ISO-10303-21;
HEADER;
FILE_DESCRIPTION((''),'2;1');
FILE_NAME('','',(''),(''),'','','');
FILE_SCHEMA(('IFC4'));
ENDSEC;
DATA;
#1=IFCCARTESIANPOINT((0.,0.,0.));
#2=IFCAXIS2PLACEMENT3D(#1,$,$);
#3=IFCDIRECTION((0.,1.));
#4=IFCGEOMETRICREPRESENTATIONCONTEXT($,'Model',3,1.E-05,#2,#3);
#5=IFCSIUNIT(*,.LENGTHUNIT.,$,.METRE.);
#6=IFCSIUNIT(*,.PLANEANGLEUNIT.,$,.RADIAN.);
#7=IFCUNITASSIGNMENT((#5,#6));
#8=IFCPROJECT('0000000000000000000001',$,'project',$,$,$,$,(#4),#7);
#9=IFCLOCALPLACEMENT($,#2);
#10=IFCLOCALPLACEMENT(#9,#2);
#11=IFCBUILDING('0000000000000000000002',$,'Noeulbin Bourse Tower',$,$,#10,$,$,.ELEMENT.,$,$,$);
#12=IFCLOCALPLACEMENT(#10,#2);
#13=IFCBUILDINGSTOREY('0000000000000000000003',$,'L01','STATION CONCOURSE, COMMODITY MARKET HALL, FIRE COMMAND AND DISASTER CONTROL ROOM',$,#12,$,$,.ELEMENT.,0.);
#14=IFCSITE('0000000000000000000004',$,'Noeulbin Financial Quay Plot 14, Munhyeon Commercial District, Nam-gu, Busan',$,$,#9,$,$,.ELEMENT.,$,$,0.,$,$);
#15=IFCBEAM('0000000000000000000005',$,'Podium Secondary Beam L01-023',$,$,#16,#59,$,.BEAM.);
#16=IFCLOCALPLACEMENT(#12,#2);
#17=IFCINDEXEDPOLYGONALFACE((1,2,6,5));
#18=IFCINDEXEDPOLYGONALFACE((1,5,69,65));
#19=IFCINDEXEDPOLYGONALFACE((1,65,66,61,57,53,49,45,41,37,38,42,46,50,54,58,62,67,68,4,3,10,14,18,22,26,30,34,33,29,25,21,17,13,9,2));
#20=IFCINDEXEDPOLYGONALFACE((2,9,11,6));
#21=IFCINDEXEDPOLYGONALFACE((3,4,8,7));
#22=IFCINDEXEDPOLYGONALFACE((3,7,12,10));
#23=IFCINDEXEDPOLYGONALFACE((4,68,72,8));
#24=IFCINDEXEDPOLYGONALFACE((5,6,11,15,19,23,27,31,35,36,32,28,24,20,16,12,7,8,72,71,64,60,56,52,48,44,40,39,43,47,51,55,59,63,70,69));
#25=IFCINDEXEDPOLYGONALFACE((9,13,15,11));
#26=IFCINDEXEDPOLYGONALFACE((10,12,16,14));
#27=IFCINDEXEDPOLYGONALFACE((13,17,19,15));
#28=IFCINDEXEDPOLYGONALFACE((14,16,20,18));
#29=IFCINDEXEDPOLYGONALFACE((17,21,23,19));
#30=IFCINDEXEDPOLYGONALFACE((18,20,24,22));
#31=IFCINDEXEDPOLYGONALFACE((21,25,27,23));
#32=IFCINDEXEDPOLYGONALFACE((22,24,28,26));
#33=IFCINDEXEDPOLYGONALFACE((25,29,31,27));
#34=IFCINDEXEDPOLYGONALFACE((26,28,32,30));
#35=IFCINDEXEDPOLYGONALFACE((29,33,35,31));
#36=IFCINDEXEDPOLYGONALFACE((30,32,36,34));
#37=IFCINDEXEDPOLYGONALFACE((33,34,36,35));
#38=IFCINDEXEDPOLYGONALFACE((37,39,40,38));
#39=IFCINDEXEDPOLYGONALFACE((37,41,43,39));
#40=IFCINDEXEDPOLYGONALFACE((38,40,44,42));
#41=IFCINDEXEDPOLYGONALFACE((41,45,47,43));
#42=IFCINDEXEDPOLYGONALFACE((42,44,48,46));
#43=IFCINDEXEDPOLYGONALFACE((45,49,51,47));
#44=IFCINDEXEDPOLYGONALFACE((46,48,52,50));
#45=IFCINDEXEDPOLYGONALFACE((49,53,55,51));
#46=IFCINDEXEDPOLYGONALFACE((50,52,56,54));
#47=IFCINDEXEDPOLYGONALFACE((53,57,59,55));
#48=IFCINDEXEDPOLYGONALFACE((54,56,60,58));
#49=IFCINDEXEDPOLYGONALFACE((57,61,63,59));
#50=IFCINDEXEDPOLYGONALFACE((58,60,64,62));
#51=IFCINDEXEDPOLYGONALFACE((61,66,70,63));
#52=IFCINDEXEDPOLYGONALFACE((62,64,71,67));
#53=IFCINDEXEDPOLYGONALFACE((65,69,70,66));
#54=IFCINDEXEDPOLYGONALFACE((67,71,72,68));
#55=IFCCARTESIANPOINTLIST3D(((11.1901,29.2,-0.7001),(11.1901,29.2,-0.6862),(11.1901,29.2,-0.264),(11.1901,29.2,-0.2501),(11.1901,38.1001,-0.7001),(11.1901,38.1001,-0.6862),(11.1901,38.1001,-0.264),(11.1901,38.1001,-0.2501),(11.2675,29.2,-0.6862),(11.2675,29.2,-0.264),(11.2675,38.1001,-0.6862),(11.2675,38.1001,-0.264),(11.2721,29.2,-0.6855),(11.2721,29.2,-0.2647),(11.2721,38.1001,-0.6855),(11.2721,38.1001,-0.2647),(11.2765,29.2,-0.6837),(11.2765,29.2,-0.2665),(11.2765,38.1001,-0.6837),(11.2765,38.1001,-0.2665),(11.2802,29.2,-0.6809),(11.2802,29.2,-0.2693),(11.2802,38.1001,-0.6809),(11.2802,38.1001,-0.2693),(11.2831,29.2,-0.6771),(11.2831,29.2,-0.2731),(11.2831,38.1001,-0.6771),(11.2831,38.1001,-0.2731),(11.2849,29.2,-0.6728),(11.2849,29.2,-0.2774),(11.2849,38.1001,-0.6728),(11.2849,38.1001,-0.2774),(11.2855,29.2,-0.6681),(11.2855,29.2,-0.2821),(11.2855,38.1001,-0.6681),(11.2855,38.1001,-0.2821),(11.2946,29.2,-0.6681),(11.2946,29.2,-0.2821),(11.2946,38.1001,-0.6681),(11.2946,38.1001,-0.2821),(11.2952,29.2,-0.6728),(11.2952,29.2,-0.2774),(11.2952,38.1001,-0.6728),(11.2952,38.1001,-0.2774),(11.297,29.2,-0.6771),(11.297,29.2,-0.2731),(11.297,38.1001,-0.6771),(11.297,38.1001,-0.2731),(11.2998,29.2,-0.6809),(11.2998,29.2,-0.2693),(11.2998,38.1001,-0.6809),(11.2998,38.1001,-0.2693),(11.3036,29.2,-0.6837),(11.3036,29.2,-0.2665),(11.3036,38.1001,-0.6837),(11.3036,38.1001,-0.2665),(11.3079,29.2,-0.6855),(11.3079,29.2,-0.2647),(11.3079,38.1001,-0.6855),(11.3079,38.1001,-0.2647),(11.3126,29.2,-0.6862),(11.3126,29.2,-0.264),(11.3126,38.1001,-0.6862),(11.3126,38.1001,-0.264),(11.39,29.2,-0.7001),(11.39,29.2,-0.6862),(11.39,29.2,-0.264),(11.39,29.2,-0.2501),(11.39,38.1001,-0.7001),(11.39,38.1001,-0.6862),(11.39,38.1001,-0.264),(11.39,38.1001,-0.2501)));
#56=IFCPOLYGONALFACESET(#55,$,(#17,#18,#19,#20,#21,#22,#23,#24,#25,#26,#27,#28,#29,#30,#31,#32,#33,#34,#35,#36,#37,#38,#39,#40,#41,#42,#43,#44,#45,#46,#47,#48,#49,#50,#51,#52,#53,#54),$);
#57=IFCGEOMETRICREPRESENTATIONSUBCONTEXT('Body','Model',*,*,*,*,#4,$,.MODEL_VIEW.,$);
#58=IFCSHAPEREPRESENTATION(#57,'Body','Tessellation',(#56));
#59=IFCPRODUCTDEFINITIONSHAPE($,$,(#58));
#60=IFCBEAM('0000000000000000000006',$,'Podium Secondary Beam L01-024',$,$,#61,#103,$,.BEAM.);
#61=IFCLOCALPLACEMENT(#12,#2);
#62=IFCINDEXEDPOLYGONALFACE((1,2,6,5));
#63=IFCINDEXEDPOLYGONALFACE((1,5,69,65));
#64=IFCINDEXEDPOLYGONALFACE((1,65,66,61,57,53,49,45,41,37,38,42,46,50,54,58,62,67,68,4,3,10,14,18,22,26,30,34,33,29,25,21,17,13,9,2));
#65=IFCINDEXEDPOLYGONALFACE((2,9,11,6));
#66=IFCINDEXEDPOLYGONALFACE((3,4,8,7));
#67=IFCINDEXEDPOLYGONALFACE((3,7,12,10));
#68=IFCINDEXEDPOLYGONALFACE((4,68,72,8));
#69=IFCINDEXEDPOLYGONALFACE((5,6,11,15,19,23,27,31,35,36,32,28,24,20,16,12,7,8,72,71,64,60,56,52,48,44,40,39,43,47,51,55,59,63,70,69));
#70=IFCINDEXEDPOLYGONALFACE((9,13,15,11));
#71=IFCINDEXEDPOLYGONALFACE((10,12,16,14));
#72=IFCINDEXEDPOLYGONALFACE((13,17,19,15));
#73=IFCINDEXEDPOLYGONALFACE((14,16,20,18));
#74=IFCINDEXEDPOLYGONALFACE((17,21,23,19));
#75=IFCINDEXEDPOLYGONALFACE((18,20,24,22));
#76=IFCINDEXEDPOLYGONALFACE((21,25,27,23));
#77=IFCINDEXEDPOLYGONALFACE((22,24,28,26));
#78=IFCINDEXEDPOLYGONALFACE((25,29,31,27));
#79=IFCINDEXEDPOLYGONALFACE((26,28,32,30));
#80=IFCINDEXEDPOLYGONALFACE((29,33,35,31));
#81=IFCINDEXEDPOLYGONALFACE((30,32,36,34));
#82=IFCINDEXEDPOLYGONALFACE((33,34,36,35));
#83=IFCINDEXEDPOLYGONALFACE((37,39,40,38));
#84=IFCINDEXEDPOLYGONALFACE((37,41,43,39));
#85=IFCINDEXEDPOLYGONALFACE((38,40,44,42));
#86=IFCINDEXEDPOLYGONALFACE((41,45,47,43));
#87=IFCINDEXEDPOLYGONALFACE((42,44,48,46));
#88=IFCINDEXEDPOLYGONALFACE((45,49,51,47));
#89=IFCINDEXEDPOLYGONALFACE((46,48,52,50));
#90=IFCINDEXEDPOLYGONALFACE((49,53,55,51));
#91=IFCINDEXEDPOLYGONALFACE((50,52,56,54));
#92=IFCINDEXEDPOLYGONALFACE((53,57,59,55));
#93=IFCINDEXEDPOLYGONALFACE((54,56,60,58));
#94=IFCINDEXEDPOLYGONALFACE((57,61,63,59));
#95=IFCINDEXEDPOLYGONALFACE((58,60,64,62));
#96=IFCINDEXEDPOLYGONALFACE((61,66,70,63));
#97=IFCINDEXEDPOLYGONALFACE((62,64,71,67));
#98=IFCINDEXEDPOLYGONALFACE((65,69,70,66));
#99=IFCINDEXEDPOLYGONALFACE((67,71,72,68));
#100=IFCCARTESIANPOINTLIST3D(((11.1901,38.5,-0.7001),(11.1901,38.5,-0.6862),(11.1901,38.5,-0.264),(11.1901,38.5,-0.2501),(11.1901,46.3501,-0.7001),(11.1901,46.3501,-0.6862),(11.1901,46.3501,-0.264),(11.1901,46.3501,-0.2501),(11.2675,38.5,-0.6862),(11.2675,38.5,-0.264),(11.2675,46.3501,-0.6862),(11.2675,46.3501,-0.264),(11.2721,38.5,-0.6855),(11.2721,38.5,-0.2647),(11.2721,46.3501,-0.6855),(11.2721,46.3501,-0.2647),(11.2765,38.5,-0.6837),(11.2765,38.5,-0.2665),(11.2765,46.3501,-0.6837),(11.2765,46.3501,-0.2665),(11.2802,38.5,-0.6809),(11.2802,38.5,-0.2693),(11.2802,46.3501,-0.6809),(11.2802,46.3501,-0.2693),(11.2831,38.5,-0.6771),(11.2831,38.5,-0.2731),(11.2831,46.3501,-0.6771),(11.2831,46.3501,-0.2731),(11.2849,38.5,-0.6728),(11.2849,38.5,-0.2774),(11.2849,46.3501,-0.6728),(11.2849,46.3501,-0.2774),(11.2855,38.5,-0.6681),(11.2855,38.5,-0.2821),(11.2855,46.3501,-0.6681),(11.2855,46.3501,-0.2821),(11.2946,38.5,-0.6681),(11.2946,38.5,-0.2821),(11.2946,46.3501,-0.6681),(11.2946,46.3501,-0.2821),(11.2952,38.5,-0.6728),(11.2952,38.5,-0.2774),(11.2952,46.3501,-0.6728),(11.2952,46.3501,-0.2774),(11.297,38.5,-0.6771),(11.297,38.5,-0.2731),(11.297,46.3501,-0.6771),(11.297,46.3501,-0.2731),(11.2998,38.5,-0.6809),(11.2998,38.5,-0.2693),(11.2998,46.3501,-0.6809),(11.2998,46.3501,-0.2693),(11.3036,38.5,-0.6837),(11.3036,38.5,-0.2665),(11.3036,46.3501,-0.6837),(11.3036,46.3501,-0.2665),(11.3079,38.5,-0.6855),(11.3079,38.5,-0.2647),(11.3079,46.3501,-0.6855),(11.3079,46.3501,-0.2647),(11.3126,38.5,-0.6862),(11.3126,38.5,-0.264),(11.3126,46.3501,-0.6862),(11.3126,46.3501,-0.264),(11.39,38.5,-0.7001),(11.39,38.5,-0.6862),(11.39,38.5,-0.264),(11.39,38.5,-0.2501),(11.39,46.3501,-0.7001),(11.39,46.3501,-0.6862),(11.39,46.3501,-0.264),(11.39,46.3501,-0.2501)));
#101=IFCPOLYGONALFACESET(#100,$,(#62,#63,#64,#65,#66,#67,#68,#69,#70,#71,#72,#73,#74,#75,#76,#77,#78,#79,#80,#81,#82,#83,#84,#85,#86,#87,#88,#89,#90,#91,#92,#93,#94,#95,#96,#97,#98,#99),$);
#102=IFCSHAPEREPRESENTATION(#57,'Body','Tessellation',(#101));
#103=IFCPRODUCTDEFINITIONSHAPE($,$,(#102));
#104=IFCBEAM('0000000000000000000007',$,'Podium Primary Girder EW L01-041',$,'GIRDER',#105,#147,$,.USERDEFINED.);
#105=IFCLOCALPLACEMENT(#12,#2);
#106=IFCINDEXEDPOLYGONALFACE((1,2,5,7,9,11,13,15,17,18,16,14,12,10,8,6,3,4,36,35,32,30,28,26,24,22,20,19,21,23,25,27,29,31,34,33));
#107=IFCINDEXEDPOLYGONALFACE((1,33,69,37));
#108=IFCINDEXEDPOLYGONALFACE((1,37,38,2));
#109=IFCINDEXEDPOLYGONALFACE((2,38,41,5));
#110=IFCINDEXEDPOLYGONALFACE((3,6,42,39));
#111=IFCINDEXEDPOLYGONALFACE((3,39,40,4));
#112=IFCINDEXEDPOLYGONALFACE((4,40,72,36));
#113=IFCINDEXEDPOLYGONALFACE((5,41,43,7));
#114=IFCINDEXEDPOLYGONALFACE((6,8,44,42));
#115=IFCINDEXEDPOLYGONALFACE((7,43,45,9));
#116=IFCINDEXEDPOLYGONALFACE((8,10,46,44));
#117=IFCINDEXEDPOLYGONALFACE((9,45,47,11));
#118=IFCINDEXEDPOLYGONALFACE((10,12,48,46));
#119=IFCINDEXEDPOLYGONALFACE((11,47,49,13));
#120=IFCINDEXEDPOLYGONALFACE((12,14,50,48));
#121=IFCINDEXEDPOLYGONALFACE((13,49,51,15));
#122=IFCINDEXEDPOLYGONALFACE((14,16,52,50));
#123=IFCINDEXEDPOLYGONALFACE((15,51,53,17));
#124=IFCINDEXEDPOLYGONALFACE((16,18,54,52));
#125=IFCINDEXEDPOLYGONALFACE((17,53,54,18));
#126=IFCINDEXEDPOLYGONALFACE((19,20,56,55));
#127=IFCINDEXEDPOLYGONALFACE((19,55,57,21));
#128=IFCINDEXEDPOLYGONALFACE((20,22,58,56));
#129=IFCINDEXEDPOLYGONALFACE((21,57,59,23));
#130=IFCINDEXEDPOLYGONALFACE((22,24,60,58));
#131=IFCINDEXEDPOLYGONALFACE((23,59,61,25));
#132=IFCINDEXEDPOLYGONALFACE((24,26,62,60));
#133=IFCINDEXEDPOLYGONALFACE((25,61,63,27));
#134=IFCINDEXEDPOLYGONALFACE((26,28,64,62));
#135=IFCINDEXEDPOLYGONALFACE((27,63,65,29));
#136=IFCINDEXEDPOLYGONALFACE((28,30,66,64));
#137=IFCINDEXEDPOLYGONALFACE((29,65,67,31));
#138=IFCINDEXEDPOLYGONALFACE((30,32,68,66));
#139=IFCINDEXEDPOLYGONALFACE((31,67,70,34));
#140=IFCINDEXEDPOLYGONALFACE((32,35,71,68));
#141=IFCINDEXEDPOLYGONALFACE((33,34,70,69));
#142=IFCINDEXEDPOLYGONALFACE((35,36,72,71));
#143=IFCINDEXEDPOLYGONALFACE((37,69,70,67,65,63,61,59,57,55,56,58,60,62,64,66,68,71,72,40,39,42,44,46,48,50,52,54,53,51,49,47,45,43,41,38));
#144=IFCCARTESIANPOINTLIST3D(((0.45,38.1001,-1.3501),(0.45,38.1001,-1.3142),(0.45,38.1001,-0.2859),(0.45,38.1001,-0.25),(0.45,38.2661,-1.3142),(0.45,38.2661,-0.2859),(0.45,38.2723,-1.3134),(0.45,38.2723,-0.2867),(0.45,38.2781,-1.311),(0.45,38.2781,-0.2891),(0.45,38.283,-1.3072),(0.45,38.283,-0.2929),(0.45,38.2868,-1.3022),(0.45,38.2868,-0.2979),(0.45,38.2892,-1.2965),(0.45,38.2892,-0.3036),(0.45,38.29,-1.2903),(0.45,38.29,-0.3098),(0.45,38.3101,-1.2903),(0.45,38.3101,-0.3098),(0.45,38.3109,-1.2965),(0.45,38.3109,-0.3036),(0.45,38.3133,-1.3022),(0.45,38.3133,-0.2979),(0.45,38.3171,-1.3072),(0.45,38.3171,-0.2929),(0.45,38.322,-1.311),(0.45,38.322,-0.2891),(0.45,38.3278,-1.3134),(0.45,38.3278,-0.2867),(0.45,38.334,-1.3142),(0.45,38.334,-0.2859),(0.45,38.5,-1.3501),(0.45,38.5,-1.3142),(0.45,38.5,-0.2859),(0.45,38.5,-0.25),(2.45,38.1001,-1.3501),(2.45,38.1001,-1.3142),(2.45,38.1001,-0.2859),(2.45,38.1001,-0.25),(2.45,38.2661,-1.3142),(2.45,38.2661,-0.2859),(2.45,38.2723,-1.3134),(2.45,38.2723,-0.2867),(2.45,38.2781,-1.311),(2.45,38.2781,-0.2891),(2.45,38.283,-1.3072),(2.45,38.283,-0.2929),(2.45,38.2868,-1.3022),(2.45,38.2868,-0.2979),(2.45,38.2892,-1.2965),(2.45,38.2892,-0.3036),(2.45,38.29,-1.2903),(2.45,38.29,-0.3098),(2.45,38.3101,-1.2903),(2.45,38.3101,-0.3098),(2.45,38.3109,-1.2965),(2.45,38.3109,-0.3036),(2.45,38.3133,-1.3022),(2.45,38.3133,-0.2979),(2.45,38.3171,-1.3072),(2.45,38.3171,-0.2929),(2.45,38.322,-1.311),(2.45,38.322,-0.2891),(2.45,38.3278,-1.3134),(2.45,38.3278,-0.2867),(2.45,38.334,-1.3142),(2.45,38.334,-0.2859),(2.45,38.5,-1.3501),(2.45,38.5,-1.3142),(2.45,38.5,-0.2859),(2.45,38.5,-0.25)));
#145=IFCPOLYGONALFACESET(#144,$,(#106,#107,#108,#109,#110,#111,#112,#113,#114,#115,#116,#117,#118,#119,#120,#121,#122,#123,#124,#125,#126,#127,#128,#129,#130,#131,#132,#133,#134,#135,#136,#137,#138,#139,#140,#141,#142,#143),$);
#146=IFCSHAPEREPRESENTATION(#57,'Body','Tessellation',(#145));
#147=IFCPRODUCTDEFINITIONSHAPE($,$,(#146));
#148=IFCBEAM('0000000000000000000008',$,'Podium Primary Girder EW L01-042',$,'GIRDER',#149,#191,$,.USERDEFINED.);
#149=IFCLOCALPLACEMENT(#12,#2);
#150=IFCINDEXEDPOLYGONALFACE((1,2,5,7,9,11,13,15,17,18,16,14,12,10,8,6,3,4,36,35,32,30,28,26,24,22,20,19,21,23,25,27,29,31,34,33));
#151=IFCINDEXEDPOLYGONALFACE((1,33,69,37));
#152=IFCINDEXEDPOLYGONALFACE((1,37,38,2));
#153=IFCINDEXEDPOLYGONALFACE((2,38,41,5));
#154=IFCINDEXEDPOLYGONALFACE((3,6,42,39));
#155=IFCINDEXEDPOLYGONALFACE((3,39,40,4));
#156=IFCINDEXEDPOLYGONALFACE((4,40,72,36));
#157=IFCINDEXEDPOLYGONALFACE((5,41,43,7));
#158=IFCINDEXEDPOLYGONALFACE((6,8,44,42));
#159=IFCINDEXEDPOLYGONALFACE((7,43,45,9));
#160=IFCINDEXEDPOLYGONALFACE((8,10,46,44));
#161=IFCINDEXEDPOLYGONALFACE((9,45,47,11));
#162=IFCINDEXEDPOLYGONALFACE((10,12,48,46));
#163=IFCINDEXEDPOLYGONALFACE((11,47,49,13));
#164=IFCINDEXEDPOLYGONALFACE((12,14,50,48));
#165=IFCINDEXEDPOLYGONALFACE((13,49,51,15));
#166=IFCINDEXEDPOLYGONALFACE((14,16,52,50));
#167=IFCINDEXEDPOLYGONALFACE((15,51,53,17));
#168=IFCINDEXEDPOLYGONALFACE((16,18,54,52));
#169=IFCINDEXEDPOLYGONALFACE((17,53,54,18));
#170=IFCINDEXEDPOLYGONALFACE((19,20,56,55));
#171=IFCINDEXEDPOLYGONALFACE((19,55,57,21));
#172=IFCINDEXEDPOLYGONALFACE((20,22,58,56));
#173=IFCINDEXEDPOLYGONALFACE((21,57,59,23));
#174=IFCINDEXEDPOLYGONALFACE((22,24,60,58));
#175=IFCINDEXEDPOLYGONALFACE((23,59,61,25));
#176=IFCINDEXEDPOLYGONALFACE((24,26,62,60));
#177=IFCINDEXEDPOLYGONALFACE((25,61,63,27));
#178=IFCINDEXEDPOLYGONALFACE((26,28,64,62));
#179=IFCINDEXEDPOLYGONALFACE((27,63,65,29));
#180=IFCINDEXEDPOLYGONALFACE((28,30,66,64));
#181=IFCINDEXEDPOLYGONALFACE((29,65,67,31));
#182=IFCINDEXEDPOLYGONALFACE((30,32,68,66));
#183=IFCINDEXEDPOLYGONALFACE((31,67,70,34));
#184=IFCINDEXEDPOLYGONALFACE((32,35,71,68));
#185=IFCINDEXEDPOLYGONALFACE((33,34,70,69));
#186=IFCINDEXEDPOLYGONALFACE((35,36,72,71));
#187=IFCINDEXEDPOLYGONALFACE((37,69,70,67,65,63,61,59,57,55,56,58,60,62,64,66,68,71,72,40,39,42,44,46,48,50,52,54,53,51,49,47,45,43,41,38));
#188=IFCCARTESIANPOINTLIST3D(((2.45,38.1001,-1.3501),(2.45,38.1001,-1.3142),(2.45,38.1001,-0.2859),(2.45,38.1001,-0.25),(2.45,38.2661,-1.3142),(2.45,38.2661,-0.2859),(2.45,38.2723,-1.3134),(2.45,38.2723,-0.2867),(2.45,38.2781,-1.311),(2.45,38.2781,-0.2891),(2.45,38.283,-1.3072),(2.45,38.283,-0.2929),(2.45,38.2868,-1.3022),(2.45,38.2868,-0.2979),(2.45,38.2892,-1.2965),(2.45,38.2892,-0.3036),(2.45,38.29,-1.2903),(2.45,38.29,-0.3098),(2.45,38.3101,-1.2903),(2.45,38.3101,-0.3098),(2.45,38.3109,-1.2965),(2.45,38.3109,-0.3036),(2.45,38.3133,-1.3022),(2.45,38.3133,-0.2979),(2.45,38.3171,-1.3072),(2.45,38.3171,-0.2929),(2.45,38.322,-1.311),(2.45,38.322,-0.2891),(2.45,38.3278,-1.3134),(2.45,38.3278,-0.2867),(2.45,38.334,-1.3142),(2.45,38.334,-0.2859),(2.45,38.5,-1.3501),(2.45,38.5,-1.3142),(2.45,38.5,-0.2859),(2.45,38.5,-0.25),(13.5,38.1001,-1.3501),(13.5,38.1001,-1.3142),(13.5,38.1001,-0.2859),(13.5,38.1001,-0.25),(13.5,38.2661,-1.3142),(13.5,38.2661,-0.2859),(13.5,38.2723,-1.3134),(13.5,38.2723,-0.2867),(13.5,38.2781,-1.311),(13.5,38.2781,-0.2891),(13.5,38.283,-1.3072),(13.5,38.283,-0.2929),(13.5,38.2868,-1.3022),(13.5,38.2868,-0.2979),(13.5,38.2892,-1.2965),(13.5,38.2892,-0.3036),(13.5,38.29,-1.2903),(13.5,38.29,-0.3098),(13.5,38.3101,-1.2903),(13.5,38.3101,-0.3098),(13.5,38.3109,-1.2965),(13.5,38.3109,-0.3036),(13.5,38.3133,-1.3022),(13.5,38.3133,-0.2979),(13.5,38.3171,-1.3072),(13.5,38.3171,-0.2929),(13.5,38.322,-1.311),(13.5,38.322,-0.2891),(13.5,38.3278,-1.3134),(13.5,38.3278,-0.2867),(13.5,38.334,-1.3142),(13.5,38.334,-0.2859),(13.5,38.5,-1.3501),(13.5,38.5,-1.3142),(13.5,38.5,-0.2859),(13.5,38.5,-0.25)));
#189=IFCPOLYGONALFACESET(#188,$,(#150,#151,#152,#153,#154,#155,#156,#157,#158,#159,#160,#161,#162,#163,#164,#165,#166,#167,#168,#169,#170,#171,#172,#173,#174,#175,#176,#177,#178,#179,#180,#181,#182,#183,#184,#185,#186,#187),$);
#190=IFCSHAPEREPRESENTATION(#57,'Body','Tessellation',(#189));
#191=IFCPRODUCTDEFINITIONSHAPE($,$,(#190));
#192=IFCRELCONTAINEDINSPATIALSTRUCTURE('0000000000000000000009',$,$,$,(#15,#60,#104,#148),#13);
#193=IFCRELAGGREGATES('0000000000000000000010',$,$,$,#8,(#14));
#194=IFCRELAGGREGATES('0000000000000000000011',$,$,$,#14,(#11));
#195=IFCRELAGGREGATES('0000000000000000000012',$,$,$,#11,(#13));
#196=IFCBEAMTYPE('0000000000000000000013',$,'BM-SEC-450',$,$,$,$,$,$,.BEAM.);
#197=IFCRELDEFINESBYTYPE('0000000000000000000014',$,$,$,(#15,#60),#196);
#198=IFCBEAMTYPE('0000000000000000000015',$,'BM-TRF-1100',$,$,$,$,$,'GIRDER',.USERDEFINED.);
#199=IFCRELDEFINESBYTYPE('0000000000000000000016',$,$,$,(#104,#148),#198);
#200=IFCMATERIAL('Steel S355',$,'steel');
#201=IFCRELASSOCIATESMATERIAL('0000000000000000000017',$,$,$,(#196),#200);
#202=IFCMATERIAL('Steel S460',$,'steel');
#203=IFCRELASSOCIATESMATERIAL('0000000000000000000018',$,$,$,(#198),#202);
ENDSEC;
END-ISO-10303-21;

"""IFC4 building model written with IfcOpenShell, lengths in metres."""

from ifc_helpers import new_model, si_unit, direction, frame, origin, origin_2d, place, context, subcontext, project, spatial, i_section, extrude, material, material_profile, profile_set, type_object, element, save


model = new_model("IFC4")

# Units and contexts
model_context = context("Model", 3, precision=1e-05, world=origin(), true_north=direction((0.0, 1.0)))
body_context = subcontext(model_context, "Body", "Model", "MODEL_VIEW")
ifc_project = project(units=[si_unit("LENGTHUNIT", "METRE"), si_unit("PLANEANGLEUNIT", "RADIAN")], contexts=[model_context])

# Site, building, storey
site_placement = place(None, origin())
site = spatial("IfcSite", under=ifc_project, at=site_placement, Name="Noeulbin Financial Quay Plot 14, Munhyeon Commercial District, Nam-gu, Busan", CompositionType="ELEMENT", RefElevation=0.0)
building_placement = place(site_placement, origin())
building = spatial("IfcBuilding", under=site, at=building_placement, Name="Noeulbin Bourse Tower", CompositionType="ELEMENT")
storey_placement = place(building_placement, origin())
storey = spatial("IfcBuildingStorey", under=building, at=storey_placement, Name="L01", Description="STATION CONCOURSE, COMMODITY MARKET HALL, FIRE COMMAND AND DISASTER CONTROL ROOM", CompositionType="ELEMENT", Elevation=0.0)

# Shared definitions
ifc_material_1 = material(Name="Steel S460", Category="steel")

# Beams
ifc_material_2 = material(Name="Steel S355", Category="steel")
ifc_material_profile_1 = material_profile(ifc_material_2, i_section(OverallWidth=0.2, OverallDepth=0.45, WebThickness=0.009, FlangeThickness=0.0139, FilletRadius=0.0181, at=origin_2d()), Name="H-450x200x9x14", Category="LoadBearing")
ifc_profile_set_1 = profile_set([ifc_material_profile_1], Name="Steel S355")
beam_type_1 = type_object("IfcBeamType", Name="BM-SEC-450", PredefinedType="BEAM", material=ifc_profile_set_1)
for number, where, z_axis, x_axis, name in (
    (1, (11.29, 29.2, -0.4751), (0.0, 1.0, 0.0), (-1.0, 0.0, 0.0), "Podium Secondary Beam L01-023"),
):
    element("IfcBeam", number, at=place(storey_placement, frame(where, z_axis=z_axis, x_axis=x_axis)), inside=storey, type_object=beam_type_1, Name=name, PredefinedType="BEAM", context=body_context, shape_type="SweptSolid", body=[
        extrude(i_section(OverallWidth=0.2, OverallDepth=0.45, WebThickness=0.009, FlangeThickness=0.0139, FilletRadius=0.0181, at=origin_2d()), origin(), (0.0, 0.0, 1.0), 8.9001),
    ])
beam_1_placement = place(storey_placement, frame((11.29, 38.5, -0.4751), z_axis=(0.0, 1.0, 0.0), x_axis=(-1.0, 0.0, 0.0)))
element("IfcBeam", 2, at=beam_1_placement, inside=storey, type_object=beam_type_1, Name="Podium Secondary Beam L01-024", PredefinedType="BEAM", context=body_context, shape_type="SweptSolid", body=[
    extrude(i_section(OverallWidth=0.2, OverallDepth=0.45, WebThickness=0.009, FlangeThickness=0.0139, FilletRadius=0.0181, at=origin_2d()), origin(), (0.0, 0.0, 1.0), 7.8501),
])
ifc_material_profile_2 = material_profile(ifc_material_1, i_section(OverallWidth=0.3999, OverallDepth=1.1001, WebThickness=0.02, FlangeThickness=0.0359, FilletRadius=0.0239, at=origin_2d()), Name="PG-1100x400x20x36", Category="LoadBearing")
ifc_profile_set_2 = profile_set([ifc_material_profile_2], Name="Steel S460")
beam_type_2 = type_object("IfcBeamType", Name="BM-TRF-1100", ElementType="GIRDER", PredefinedType="USERDEFINED", material=ifc_profile_set_2)
beam_2_placement = place(storey_placement, frame((0.45, 38.3, -0.8), z_axis=(1.0, 0.0, 0.0), x_axis=(0.0, 1.0, 0.0)))
element("IfcBeam", 3, at=beam_2_placement, inside=storey, type_object=beam_type_2, Name="Podium Primary Girder EW L01-041", ObjectType="GIRDER", PredefinedType="USERDEFINED", context=body_context, shape_type="SweptSolid", body=[
    extrude(i_section(OverallWidth=0.3999, OverallDepth=1.1001, WebThickness=0.02, FlangeThickness=0.0359, FilletRadius=0.0239, at=origin_2d()), origin(), (0.0, 0.0, 1.0), 2.0),
])
beam_3_placement = place(storey_placement, frame((2.45, 38.3, -0.8), z_axis=(1.0, 0.0, 0.0), x_axis=(0.0, 1.0, 0.0)))
element("IfcBeam", 4, at=beam_3_placement, inside=storey, type_object=beam_type_2, Name="Podium Primary Girder EW L01-042", ObjectType="GIRDER", PredefinedType="USERDEFINED", context=body_context, shape_type="SweptSolid", body=[
    extrude(i_section(OverallWidth=0.3999, OverallDepth=1.1001, WebThickness=0.02, FlangeThickness=0.0359, FilletRadius=0.0239, at=origin_2d()), origin(), (0.0, 0.0, 1.0), 11.05),
])

save(model, "model.ifc")
